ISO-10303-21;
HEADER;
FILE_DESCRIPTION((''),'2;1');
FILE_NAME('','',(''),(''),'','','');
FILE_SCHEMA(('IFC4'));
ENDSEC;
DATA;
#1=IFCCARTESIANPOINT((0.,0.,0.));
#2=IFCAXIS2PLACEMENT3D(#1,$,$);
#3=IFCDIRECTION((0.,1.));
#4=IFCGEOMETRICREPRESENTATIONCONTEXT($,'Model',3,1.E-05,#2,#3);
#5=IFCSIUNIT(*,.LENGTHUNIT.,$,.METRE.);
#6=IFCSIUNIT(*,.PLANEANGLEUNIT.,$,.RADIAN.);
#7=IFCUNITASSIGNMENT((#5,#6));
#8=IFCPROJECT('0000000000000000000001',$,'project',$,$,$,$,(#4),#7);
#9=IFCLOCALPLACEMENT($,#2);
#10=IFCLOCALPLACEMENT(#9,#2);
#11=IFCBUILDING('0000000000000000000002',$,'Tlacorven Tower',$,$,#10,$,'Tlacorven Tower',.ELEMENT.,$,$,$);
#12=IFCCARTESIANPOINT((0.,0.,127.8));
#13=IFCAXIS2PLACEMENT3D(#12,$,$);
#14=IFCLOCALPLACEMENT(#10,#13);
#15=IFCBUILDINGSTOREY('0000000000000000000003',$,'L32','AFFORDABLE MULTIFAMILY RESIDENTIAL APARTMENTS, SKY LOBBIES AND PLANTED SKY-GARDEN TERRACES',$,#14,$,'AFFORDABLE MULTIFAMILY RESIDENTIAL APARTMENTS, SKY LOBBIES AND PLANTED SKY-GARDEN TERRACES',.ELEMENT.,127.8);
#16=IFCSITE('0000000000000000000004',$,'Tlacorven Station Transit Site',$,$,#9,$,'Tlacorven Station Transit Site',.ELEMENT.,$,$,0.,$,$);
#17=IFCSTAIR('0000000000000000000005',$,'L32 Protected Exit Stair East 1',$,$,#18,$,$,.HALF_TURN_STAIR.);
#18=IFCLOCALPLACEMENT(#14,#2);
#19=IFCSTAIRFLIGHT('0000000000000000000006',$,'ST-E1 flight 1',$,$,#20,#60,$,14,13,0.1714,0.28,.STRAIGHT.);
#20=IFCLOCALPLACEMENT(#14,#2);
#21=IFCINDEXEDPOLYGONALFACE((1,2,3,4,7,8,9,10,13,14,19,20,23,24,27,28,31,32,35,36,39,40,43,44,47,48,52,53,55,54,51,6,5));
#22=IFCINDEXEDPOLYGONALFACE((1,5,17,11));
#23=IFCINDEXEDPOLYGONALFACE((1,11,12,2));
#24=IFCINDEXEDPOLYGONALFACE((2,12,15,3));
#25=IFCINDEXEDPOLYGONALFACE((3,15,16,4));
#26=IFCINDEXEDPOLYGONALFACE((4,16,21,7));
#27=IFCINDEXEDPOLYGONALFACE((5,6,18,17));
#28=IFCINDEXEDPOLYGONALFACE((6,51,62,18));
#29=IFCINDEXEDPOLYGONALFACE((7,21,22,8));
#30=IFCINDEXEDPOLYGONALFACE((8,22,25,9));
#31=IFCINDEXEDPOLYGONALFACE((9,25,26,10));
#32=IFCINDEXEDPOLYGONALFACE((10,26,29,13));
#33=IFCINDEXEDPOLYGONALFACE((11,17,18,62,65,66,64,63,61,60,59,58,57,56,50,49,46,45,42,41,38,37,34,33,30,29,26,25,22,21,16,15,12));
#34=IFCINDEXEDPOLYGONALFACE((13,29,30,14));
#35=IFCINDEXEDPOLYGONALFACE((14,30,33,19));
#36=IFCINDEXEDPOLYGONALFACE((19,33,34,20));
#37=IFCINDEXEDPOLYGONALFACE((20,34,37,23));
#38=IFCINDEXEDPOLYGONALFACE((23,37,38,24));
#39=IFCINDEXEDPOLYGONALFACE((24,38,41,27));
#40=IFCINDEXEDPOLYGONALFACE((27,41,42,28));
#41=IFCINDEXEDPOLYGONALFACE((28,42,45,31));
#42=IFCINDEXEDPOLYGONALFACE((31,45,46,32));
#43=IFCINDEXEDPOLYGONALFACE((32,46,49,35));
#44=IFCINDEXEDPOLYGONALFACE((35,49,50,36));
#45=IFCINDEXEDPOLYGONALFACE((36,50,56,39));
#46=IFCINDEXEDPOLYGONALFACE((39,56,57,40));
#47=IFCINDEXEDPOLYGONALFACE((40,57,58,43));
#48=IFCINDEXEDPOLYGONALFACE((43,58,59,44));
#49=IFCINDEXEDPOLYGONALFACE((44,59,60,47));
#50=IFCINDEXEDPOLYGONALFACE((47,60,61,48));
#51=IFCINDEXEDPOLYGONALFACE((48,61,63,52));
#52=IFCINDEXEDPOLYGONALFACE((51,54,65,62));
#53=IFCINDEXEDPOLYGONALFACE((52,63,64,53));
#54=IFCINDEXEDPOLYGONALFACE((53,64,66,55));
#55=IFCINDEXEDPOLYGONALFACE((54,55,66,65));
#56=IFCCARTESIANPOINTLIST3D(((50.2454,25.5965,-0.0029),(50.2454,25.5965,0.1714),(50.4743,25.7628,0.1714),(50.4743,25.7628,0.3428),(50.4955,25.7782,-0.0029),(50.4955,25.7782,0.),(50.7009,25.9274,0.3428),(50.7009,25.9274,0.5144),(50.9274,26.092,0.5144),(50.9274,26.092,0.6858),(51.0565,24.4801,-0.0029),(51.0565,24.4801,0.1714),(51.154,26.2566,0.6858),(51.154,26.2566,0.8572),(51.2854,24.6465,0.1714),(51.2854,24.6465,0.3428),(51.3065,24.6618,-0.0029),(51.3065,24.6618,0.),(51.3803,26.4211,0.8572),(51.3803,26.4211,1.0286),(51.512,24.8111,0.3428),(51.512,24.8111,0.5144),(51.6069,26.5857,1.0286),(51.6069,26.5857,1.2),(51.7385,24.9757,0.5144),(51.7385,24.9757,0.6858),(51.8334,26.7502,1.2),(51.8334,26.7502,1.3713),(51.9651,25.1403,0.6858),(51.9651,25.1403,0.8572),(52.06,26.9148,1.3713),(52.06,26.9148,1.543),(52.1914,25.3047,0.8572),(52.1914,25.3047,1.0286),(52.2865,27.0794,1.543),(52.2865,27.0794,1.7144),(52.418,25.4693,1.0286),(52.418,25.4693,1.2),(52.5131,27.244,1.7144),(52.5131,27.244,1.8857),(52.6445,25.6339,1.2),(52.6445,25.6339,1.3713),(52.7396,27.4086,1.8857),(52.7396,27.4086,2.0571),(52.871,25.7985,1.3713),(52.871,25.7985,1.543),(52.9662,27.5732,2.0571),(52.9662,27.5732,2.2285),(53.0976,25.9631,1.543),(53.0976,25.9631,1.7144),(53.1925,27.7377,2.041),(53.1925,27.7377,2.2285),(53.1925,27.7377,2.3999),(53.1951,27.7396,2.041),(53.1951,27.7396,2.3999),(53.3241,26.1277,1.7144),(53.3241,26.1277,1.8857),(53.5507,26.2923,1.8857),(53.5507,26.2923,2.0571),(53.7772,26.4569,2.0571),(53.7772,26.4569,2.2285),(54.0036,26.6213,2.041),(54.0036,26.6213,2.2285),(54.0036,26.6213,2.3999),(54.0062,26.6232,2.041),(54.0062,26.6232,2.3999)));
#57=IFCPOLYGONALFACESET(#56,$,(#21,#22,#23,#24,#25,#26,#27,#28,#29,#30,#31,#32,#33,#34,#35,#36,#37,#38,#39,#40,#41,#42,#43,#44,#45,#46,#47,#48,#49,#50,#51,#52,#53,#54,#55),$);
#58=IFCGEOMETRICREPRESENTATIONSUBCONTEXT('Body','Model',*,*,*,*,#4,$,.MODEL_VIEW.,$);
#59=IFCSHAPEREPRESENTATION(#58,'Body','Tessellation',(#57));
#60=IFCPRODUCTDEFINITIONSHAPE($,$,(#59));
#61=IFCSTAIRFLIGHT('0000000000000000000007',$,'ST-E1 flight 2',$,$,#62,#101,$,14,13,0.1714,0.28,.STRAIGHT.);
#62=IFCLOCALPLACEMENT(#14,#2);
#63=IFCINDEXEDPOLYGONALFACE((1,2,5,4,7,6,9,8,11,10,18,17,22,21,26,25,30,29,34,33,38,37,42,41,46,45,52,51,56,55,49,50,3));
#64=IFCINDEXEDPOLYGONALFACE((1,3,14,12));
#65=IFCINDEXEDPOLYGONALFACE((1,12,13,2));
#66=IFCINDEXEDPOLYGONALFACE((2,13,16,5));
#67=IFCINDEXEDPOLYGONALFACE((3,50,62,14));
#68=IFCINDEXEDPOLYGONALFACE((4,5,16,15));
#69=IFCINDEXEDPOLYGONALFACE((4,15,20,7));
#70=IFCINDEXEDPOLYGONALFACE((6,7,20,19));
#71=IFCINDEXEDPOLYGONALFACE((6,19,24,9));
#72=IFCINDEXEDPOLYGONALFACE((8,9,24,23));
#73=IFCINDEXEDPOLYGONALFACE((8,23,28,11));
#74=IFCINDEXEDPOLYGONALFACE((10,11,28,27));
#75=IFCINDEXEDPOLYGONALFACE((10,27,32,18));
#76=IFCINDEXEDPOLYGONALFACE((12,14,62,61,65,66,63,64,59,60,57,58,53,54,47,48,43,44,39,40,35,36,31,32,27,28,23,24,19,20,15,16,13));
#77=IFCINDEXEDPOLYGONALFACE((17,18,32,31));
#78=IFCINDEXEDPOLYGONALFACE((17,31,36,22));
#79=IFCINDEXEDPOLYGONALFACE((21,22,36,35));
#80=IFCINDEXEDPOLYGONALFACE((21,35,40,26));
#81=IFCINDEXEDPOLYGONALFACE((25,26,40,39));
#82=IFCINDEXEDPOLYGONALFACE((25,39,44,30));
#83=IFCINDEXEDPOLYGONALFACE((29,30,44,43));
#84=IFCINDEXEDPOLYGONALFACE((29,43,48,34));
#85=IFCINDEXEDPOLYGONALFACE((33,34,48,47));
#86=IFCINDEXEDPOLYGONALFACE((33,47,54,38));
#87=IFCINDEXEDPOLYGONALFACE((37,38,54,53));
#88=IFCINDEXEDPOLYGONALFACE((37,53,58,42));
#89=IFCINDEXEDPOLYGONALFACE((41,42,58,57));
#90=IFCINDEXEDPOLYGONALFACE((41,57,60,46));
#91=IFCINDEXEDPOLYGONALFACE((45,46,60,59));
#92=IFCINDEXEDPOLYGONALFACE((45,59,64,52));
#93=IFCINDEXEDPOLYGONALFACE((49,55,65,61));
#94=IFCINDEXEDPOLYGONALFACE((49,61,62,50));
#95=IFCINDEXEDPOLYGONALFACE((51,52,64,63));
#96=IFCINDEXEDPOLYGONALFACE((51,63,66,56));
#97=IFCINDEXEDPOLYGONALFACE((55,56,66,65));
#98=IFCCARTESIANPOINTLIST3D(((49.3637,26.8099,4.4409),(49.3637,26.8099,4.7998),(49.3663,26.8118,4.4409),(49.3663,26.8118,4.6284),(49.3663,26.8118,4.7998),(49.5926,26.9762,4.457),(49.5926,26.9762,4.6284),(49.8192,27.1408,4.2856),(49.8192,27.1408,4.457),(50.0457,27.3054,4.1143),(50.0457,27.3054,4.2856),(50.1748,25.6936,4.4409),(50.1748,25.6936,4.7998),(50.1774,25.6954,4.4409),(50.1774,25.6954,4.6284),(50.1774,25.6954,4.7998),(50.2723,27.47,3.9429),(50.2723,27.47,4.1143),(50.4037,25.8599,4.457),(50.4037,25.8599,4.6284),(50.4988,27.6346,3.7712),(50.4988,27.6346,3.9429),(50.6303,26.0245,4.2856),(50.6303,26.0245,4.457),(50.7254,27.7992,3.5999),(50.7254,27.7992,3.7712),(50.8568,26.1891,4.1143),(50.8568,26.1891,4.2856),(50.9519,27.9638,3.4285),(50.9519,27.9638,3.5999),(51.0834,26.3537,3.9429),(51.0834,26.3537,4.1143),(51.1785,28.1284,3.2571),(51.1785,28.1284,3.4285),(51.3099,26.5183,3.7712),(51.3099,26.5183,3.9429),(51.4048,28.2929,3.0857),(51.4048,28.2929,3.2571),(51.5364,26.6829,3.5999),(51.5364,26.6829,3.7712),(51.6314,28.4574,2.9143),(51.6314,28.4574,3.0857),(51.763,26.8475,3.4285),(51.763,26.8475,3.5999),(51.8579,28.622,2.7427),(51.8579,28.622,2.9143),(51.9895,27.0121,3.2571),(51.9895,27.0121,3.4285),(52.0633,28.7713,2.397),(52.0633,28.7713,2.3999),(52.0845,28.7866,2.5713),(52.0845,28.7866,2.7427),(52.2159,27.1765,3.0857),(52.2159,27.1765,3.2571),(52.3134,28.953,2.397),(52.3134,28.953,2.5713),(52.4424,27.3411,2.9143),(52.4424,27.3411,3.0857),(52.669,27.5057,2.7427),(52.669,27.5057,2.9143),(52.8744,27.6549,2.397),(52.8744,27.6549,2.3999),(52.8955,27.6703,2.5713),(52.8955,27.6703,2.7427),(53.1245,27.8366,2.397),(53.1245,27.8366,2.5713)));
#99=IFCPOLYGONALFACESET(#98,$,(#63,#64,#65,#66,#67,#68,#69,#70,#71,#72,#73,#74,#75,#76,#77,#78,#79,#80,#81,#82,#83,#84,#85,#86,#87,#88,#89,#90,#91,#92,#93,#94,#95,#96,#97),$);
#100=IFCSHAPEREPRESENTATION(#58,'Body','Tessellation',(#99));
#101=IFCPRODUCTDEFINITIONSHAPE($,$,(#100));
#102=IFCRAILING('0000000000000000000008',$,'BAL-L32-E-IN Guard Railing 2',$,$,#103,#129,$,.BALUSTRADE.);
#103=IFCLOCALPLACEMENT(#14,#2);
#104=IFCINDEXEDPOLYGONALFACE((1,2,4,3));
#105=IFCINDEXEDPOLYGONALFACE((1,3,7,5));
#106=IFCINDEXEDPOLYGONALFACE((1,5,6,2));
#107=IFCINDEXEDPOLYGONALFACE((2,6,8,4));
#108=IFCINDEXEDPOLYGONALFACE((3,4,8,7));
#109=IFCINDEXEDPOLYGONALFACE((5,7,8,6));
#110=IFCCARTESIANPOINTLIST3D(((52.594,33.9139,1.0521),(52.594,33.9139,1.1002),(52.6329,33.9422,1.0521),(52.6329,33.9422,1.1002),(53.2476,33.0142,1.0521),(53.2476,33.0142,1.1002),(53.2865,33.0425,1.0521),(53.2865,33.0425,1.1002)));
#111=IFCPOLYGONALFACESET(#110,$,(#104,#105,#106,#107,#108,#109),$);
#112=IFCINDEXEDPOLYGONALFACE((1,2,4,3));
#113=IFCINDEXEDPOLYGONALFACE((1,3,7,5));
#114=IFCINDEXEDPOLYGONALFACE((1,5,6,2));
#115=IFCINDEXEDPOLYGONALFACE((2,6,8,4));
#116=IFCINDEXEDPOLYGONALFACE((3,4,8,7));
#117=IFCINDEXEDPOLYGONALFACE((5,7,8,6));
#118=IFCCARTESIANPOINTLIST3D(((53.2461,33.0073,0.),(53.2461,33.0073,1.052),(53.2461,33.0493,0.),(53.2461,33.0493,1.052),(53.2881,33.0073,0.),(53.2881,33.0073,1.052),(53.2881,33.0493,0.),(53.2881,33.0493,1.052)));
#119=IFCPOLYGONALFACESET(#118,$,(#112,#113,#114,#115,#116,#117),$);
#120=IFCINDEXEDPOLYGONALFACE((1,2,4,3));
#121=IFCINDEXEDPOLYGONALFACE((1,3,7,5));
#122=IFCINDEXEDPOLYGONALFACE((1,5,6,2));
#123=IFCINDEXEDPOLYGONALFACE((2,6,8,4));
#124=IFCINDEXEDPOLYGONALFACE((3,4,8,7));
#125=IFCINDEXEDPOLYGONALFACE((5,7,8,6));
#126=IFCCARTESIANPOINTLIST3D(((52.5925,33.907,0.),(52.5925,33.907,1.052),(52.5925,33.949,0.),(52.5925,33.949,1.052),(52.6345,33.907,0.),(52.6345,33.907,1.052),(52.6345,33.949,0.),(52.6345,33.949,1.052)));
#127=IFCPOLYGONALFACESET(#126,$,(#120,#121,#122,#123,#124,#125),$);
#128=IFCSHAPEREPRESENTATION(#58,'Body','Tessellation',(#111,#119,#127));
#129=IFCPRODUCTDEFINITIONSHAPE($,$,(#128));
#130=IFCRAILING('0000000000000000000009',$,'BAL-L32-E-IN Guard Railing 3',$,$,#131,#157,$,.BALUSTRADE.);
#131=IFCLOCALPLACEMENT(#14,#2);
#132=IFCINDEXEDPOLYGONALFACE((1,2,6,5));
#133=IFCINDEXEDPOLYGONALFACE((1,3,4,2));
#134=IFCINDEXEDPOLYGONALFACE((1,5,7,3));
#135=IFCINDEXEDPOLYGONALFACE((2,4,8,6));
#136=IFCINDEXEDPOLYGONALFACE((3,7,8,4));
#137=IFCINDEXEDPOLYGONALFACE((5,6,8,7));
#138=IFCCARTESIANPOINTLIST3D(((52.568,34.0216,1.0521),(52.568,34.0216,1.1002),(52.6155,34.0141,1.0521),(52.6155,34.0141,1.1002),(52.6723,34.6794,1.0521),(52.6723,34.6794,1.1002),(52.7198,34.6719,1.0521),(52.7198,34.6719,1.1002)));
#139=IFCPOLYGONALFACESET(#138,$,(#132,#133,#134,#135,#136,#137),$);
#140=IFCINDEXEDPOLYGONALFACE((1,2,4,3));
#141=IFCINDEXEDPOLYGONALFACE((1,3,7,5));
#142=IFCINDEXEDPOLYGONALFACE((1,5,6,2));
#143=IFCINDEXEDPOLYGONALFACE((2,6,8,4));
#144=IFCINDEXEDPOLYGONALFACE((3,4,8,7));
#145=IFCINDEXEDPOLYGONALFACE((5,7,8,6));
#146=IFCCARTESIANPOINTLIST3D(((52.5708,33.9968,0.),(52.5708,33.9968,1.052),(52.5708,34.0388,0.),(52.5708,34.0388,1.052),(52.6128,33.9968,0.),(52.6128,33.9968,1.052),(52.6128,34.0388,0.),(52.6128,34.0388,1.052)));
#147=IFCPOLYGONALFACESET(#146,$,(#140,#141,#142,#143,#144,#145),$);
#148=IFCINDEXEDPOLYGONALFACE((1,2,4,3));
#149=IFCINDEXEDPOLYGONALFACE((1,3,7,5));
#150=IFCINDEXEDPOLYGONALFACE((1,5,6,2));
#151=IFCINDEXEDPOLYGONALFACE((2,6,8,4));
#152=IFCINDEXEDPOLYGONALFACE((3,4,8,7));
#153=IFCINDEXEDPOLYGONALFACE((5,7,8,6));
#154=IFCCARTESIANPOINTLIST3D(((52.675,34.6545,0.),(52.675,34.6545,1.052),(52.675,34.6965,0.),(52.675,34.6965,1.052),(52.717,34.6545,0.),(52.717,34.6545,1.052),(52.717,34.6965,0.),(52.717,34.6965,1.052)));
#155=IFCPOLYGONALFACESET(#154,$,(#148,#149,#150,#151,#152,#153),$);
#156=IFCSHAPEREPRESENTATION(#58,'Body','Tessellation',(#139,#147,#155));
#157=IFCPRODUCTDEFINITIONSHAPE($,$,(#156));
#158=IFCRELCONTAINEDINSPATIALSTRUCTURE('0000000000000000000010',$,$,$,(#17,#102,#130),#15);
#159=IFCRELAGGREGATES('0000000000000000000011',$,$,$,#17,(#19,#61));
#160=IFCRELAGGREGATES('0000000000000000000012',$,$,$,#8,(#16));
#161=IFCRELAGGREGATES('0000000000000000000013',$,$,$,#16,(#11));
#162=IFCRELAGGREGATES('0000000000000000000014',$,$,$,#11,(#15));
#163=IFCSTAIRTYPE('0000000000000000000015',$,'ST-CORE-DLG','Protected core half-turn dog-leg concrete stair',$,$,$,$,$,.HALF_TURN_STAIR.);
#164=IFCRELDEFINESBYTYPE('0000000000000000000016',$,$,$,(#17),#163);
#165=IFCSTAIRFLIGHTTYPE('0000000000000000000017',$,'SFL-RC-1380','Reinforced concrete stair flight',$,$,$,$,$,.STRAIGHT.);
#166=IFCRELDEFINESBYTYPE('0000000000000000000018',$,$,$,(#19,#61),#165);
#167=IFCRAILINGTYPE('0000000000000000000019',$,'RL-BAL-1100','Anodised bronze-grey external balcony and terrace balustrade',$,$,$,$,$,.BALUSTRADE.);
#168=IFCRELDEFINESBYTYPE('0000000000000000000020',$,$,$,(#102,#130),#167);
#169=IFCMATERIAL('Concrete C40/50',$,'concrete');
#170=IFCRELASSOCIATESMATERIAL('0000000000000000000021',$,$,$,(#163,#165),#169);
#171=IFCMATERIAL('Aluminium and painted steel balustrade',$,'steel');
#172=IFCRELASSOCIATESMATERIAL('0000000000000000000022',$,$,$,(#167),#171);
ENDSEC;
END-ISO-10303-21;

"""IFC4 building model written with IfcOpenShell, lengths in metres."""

from ifc_helpers import new_model, si_unit, direction, frame, origin, origin_2d, place, context, subcontext, project, spatial, polyline, rectangle, outline, extrude, source, transform, mapped, material, type_object, element, aggregate, save


model = new_model("IFC4")

# Units and contexts
model_context = context("Model", 3, precision=1e-05, world=origin(), true_north=direction((0.0, 1.0)))
body_context = subcontext(model_context, "Body", "Model", "MODEL_VIEW")
ifc_project = project(units=[si_unit("LENGTHUNIT", "METRE"), si_unit("PLANEANGLEUNIT", "RADIAN")], contexts=[model_context])

# Site, building, storey
site_placement = place(None, origin())
site = spatial("IfcSite", under=ifc_project, at=site_placement, Name="Tlacorven Station Transit Site", LongName="Tlacorven Station Transit Site", CompositionType="ELEMENT", RefElevation=0.0)
building_placement = place(site_placement, origin())
building = spatial("IfcBuilding", under=site, at=building_placement, Name="Tlacorven Tower", LongName="Tlacorven Tower", CompositionType="ELEMENT")
storey_placement = place(building_placement, frame((0.0, 0.0, 127.8)))
storey = spatial("IfcBuildingStorey", under=building, at=storey_placement, Name="L32", Description="AFFORDABLE MULTIFAMILY RESIDENTIAL APARTMENTS, SKY LOBBIES AND PLANTED SKY-GARDEN TERRACES", LongName="AFFORDABLE MULTIFAMILY RESIDENTIAL APARTMENTS, SKY LOBBIES AND PLANTED SKY-GARDEN TERRACES", CompositionType="ELEMENT", Elevation=127.8)

# Stair, stair flights
ifc_material_1 = material(Name="Concrete C40/50", Category="concrete")
stair_type = type_object("IfcStairType", Name="ST-CORE-DLG", Description="Protected core half-turn dog-leg concrete stair", PredefinedType="HALF_TURN_STAIR", material=ifc_material_1)
stair_placement = place(storey_placement, origin())
stair = element("IfcStair", 1, at=stair_placement, inside=storey, type_object=stair_type, Name="L32 Protected Exit Stair East 1", PredefinedType="HALF_TURN_STAIR")
stair_flight_type = type_object("IfcStairFlightType", Name="SFL-RC-1380", Description="Reinforced concrete stair flight", PredefinedType="STRAIGHT", material=ifc_material_1)
shared_shape_1 = source(origin(), body_context, "Body", "SweptSolid", [
    extrude(outline(polyline([(-0.0029, -0.0029), (-0.0029, 0.1714), (0.28, 0.1714), (0.28, 0.3428), (0.5601, 0.3428), (0.5601, 0.5144), (0.8401, 0.5144), (0.8401, 0.6858), (1.1201, 0.6858), (1.1201, 0.8572), (1.3999, 0.8572), (1.3999, 1.0286), (1.6799, 1.0286), (1.6799, 1.2), (1.96, 1.2), (1.96, 1.3713), (2.24, 1.3713), (2.24, 1.543), (2.52, 1.543), (2.52, 1.7144), (2.8, 1.7144), (2.8, 1.8857), (3.0801, 1.8857), (3.0801, 2.0571), (3.3601, 2.0571), (3.3601, 2.2285), (3.6399, 2.2285), (3.6399, 2.3999), (3.6431, 2.3999), (3.6431, 2.041), (3.6399, 2.041), (0.3062, 0.0), (0.3062, -0.0029), (-0.0029, -0.0029)])), frame((0.0, 0.6899, 0.0), z_axis=(0.0, -1.0, 0.0), x_axis=(1.0, 0.0, 0.0)), (0.0, 0.0, 1.0), 1.3799),
])
stair_flight_1_placement = place(storey_placement, frame((50.6533, 25.04, 0.0), z_axis=(0.0, 0.0, 1.0), x_axis=(0.809017, 0.587785, 0.0)))
stair_flight_1 = element("IfcStairFlight", 2, at=stair_flight_1_placement, type_object=stair_flight_type, Name="ST-E1 flight 1", NumberOfRisers=14, NumberOfTreads=13, PredefinedType="STRAIGHT", RiserHeight=0.1714, TreadLength=0.28, context=body_context, shape_type="MappedRepresentation", body=[
    mapped(shared_shape_1, transform((0.0, 0.0, 0.0), scale=1.0)),
])
stair_flight_2_placement = place(storey_placement, frame((52.7166, 28.3931, 2.3999), z_axis=(0.0, 0.0, 1.0), x_axis=(-0.809017, -0.587785, 0.0)))
stair_flight_2 = element("IfcStairFlight", 3, at=stair_flight_2_placement, type_object=stair_flight_type, Name="ST-E1 flight 2", NumberOfRisers=14, NumberOfTreads=13, PredefinedType="STRAIGHT", RiserHeight=0.1714, TreadLength=0.28, context=body_context, shape_type="MappedRepresentation", body=[
    mapped(shared_shape_1, transform((0.0, 0.0, 0.0), scale=1.0)),
])
aggregate(stair, [stair_flight_1, stair_flight_2])

# Railings
ifc_material_2 = material(Name="Aluminium and painted steel balustrade", Category="steel")
railing_type_1 = type_object("IfcRailingType", Name="RL-BAL-1100", Description="Anodised bronze-grey external balcony and terrace balustrade", PredefinedType="BALUSTRADE", material=ifc_material_2)
shared_shape_2 = source(origin(), body_context, "Body", "SweptSolid", [
    extrude(rectangle(XDim=0.0481, YDim=0.0481, at=origin_2d()), frame((0.0, 0.0, 1.0762), z_axis=(-0.587741, 0.809049, 0.0), x_axis=(-0.809049, -0.587741, 0.0)), (0.0, 0.0, 1.0), 1.1121),
    extrude(rectangle(XDim=0.042, YDim=0.042, at=origin_2d()), origin(), (0.0, 0.0, 1.0), 1.052),
    extrude(rectangle(XDim=0.042, YDim=0.042, at=origin_2d()), frame((-0.6536, 0.8997, 0.0)), (0.0, 0.0, 1.0), 1.052),
])
railing_1_placement = place(storey_placement, frame((53.2671, 33.0283, 0.0)))
element("IfcRailing", 4, at=railing_1_placement, inside=storey, type_object=railing_type_1, Name="BAL-L32-E-IN Guard Railing 2", PredefinedType="BALUSTRADE", context=body_context, shape_type="MappedRepresentation", body=[
    mapped(shared_shape_2, transform((0.0, 0.0, 0.0), scale=1.0)),
])
shared_shape_3 = source(origin(), body_context, "Body", "SweptSolid", [
    extrude(rectangle(XDim=0.0481, YDim=0.0481, at=origin_2d()), frame((0.0, 0.0, 1.0762), z_axis=(0.156546, 0.987671, 0.0), x_axis=(-0.987671, 0.156546, 0.0)), (0.0, 0.0, 1.0), 0.666),
    extrude(rectangle(XDim=0.042, YDim=0.042, at=origin_2d()), origin(), (0.0, 0.0, 1.0), 1.052),
    extrude(rectangle(XDim=0.042, YDim=0.042, at=origin_2d()), frame((0.1042, 0.6577, 0.0)), (0.0, 0.0, 1.0), 1.052),
])
railing_2_placement = place(storey_placement, frame((52.5918, 34.0178, 0.0)))
element("IfcRailing", 5, at=railing_2_placement, inside=storey, type_object=railing_type_1, Name="BAL-L32-E-IN Guard Railing 3", PredefinedType="BALUSTRADE", context=body_context, shape_type="MappedRepresentation", body=[
    mapped(shared_shape_3, transform((0.0, 0.0, 0.0), scale=1.0)),
])

save(model, "model.ifc")
